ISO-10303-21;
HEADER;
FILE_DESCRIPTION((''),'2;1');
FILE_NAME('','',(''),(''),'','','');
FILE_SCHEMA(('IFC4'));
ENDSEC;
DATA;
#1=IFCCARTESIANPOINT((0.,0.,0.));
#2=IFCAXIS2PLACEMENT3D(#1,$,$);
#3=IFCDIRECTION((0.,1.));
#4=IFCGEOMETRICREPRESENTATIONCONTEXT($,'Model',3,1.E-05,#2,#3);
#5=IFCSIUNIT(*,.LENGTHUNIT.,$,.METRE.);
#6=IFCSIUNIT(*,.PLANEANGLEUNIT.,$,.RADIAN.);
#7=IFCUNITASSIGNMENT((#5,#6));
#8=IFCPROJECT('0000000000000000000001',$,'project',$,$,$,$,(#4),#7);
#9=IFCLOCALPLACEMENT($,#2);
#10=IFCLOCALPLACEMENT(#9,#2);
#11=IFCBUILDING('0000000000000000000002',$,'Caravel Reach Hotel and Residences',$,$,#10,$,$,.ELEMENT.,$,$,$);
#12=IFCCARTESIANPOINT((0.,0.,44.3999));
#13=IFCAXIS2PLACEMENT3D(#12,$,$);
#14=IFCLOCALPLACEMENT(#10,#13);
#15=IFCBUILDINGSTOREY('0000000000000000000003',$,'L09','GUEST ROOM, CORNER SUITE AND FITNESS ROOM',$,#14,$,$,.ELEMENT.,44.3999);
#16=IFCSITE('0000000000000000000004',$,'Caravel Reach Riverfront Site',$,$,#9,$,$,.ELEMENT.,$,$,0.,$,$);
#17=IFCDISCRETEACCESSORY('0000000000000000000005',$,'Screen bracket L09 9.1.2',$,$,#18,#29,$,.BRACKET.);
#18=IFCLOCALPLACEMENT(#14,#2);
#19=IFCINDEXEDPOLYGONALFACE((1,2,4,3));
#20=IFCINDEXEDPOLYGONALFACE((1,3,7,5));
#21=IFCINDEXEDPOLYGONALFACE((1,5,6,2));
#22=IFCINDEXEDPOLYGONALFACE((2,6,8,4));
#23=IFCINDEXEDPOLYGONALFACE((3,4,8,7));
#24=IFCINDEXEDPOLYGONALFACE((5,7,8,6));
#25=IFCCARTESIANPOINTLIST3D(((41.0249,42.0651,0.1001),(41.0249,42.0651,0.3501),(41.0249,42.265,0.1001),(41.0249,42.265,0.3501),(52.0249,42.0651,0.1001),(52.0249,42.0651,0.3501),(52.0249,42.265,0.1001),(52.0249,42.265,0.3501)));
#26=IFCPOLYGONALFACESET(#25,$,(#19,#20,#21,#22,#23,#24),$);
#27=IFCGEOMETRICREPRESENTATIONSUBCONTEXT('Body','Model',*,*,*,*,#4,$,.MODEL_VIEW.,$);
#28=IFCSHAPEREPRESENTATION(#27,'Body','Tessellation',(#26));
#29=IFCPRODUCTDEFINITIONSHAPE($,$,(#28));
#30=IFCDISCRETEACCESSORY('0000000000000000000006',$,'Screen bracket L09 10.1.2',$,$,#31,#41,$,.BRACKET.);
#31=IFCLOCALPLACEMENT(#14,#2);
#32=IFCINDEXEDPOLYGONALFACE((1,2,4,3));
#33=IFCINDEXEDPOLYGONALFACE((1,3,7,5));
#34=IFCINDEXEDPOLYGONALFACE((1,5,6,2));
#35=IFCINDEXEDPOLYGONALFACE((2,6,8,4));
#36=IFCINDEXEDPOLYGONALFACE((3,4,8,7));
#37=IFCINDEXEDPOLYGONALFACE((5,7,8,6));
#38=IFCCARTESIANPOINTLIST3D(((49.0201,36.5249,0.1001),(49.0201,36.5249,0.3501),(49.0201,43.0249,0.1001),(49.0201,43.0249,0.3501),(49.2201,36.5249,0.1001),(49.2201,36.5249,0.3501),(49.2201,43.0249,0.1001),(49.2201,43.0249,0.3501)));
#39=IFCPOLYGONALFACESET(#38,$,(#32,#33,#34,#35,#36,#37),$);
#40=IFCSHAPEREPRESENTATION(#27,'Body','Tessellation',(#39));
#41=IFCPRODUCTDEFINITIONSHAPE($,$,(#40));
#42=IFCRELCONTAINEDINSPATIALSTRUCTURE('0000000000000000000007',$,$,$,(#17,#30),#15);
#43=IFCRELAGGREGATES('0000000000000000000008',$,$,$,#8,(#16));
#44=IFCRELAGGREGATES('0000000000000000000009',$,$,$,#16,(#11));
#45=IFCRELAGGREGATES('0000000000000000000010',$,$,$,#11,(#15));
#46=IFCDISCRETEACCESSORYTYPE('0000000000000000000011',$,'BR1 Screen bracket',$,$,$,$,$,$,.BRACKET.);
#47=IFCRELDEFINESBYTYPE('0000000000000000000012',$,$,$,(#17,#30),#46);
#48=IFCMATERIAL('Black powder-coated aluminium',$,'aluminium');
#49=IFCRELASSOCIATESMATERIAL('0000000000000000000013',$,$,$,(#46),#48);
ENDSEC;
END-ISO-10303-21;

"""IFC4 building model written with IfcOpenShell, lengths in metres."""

from ifc_helpers import new_model, si_unit, direction, frame, origin, origin_2d, place, context, subcontext, project, spatial, rectangle, extrude, material, type_object, element, save


model = new_model("IFC4")

# Units and contexts
model_context = context("Model", 3, precision=1e-05, world=origin(), true_north=direction((0.0, 1.0)))
body_context = subcontext(model_context, "Body", "Model", "MODEL_VIEW")
ifc_project = project(units=[si_unit("LENGTHUNIT", "METRE"), si_unit("PLANEANGLEUNIT", "RADIAN")], contexts=[model_context])

# Site, building, storey
site_placement = place(None, origin())
site = spatial("IfcSite", under=ifc_project, at=site_placement, Name="Caravel Reach Riverfront Site", CompositionType="ELEMENT", RefElevation=0.0)
building_placement = place(site_placement, origin())
building = spatial("IfcBuilding", under=site, at=building_placement, Name="Caravel Reach Hotel and Residences", CompositionType="ELEMENT")
storey_placement = place(building_placement, frame((0.0, 0.0, 44.3999)))
storey = spatial("IfcBuildingStorey", under=building, at=storey_placement, Name="L09", Description="GUEST ROOM, CORNER SUITE AND FITNESS ROOM", CompositionType="ELEMENT", Elevation=44.3999)

# Discrete accessories
ifc_material_1 = material(Name="Black powder-coated aluminium", Category="aluminium")
discrete_accessory_type = type_object("IfcDiscreteAccessoryType", Name="BR1 Screen bracket", PredefinedType="BRACKET", material=ifc_material_1)
discrete_accessory_1_placement = place(storey_placement, frame((46.5249, 42.165, 0.1001), z_axis=(0.0, 0.0, 1.0), x_axis=(1.0, 0.0, 0.0)))
element("IfcDiscreteAccessory", 1, at=discrete_accessory_1_placement, inside=storey, type_object=discrete_accessory_type, Name="Screen bracket L09 9.1.2", PredefinedType="BRACKET", context=body_context, shape_type="SweptSolid", body=[
    extrude(rectangle(XDim=11.0, YDim=0.2, at=origin_2d()), origin(), (0.0, 0.0, 1.0), 0.25),
])
discrete_accessory_2_placement = place(storey_placement, frame((49.1201, 39.7749, 0.1001), z_axis=(0.0, 0.0, 1.0), x_axis=(0.0, 1.0, 0.0)))
element("IfcDiscreteAccessory", 2, at=discrete_accessory_2_placement, inside=storey, type_object=discrete_accessory_type, Name="Screen bracket L09 10.1.2", PredefinedType="BRACKET", context=body_context, shape_type="SweptSolid", body=[
    extrude(rectangle(XDim=6.5, YDim=0.2, at=origin_2d()), origin(), (0.0, 0.0, 1.0), 0.25),
])

save(model, "model.ifc")
